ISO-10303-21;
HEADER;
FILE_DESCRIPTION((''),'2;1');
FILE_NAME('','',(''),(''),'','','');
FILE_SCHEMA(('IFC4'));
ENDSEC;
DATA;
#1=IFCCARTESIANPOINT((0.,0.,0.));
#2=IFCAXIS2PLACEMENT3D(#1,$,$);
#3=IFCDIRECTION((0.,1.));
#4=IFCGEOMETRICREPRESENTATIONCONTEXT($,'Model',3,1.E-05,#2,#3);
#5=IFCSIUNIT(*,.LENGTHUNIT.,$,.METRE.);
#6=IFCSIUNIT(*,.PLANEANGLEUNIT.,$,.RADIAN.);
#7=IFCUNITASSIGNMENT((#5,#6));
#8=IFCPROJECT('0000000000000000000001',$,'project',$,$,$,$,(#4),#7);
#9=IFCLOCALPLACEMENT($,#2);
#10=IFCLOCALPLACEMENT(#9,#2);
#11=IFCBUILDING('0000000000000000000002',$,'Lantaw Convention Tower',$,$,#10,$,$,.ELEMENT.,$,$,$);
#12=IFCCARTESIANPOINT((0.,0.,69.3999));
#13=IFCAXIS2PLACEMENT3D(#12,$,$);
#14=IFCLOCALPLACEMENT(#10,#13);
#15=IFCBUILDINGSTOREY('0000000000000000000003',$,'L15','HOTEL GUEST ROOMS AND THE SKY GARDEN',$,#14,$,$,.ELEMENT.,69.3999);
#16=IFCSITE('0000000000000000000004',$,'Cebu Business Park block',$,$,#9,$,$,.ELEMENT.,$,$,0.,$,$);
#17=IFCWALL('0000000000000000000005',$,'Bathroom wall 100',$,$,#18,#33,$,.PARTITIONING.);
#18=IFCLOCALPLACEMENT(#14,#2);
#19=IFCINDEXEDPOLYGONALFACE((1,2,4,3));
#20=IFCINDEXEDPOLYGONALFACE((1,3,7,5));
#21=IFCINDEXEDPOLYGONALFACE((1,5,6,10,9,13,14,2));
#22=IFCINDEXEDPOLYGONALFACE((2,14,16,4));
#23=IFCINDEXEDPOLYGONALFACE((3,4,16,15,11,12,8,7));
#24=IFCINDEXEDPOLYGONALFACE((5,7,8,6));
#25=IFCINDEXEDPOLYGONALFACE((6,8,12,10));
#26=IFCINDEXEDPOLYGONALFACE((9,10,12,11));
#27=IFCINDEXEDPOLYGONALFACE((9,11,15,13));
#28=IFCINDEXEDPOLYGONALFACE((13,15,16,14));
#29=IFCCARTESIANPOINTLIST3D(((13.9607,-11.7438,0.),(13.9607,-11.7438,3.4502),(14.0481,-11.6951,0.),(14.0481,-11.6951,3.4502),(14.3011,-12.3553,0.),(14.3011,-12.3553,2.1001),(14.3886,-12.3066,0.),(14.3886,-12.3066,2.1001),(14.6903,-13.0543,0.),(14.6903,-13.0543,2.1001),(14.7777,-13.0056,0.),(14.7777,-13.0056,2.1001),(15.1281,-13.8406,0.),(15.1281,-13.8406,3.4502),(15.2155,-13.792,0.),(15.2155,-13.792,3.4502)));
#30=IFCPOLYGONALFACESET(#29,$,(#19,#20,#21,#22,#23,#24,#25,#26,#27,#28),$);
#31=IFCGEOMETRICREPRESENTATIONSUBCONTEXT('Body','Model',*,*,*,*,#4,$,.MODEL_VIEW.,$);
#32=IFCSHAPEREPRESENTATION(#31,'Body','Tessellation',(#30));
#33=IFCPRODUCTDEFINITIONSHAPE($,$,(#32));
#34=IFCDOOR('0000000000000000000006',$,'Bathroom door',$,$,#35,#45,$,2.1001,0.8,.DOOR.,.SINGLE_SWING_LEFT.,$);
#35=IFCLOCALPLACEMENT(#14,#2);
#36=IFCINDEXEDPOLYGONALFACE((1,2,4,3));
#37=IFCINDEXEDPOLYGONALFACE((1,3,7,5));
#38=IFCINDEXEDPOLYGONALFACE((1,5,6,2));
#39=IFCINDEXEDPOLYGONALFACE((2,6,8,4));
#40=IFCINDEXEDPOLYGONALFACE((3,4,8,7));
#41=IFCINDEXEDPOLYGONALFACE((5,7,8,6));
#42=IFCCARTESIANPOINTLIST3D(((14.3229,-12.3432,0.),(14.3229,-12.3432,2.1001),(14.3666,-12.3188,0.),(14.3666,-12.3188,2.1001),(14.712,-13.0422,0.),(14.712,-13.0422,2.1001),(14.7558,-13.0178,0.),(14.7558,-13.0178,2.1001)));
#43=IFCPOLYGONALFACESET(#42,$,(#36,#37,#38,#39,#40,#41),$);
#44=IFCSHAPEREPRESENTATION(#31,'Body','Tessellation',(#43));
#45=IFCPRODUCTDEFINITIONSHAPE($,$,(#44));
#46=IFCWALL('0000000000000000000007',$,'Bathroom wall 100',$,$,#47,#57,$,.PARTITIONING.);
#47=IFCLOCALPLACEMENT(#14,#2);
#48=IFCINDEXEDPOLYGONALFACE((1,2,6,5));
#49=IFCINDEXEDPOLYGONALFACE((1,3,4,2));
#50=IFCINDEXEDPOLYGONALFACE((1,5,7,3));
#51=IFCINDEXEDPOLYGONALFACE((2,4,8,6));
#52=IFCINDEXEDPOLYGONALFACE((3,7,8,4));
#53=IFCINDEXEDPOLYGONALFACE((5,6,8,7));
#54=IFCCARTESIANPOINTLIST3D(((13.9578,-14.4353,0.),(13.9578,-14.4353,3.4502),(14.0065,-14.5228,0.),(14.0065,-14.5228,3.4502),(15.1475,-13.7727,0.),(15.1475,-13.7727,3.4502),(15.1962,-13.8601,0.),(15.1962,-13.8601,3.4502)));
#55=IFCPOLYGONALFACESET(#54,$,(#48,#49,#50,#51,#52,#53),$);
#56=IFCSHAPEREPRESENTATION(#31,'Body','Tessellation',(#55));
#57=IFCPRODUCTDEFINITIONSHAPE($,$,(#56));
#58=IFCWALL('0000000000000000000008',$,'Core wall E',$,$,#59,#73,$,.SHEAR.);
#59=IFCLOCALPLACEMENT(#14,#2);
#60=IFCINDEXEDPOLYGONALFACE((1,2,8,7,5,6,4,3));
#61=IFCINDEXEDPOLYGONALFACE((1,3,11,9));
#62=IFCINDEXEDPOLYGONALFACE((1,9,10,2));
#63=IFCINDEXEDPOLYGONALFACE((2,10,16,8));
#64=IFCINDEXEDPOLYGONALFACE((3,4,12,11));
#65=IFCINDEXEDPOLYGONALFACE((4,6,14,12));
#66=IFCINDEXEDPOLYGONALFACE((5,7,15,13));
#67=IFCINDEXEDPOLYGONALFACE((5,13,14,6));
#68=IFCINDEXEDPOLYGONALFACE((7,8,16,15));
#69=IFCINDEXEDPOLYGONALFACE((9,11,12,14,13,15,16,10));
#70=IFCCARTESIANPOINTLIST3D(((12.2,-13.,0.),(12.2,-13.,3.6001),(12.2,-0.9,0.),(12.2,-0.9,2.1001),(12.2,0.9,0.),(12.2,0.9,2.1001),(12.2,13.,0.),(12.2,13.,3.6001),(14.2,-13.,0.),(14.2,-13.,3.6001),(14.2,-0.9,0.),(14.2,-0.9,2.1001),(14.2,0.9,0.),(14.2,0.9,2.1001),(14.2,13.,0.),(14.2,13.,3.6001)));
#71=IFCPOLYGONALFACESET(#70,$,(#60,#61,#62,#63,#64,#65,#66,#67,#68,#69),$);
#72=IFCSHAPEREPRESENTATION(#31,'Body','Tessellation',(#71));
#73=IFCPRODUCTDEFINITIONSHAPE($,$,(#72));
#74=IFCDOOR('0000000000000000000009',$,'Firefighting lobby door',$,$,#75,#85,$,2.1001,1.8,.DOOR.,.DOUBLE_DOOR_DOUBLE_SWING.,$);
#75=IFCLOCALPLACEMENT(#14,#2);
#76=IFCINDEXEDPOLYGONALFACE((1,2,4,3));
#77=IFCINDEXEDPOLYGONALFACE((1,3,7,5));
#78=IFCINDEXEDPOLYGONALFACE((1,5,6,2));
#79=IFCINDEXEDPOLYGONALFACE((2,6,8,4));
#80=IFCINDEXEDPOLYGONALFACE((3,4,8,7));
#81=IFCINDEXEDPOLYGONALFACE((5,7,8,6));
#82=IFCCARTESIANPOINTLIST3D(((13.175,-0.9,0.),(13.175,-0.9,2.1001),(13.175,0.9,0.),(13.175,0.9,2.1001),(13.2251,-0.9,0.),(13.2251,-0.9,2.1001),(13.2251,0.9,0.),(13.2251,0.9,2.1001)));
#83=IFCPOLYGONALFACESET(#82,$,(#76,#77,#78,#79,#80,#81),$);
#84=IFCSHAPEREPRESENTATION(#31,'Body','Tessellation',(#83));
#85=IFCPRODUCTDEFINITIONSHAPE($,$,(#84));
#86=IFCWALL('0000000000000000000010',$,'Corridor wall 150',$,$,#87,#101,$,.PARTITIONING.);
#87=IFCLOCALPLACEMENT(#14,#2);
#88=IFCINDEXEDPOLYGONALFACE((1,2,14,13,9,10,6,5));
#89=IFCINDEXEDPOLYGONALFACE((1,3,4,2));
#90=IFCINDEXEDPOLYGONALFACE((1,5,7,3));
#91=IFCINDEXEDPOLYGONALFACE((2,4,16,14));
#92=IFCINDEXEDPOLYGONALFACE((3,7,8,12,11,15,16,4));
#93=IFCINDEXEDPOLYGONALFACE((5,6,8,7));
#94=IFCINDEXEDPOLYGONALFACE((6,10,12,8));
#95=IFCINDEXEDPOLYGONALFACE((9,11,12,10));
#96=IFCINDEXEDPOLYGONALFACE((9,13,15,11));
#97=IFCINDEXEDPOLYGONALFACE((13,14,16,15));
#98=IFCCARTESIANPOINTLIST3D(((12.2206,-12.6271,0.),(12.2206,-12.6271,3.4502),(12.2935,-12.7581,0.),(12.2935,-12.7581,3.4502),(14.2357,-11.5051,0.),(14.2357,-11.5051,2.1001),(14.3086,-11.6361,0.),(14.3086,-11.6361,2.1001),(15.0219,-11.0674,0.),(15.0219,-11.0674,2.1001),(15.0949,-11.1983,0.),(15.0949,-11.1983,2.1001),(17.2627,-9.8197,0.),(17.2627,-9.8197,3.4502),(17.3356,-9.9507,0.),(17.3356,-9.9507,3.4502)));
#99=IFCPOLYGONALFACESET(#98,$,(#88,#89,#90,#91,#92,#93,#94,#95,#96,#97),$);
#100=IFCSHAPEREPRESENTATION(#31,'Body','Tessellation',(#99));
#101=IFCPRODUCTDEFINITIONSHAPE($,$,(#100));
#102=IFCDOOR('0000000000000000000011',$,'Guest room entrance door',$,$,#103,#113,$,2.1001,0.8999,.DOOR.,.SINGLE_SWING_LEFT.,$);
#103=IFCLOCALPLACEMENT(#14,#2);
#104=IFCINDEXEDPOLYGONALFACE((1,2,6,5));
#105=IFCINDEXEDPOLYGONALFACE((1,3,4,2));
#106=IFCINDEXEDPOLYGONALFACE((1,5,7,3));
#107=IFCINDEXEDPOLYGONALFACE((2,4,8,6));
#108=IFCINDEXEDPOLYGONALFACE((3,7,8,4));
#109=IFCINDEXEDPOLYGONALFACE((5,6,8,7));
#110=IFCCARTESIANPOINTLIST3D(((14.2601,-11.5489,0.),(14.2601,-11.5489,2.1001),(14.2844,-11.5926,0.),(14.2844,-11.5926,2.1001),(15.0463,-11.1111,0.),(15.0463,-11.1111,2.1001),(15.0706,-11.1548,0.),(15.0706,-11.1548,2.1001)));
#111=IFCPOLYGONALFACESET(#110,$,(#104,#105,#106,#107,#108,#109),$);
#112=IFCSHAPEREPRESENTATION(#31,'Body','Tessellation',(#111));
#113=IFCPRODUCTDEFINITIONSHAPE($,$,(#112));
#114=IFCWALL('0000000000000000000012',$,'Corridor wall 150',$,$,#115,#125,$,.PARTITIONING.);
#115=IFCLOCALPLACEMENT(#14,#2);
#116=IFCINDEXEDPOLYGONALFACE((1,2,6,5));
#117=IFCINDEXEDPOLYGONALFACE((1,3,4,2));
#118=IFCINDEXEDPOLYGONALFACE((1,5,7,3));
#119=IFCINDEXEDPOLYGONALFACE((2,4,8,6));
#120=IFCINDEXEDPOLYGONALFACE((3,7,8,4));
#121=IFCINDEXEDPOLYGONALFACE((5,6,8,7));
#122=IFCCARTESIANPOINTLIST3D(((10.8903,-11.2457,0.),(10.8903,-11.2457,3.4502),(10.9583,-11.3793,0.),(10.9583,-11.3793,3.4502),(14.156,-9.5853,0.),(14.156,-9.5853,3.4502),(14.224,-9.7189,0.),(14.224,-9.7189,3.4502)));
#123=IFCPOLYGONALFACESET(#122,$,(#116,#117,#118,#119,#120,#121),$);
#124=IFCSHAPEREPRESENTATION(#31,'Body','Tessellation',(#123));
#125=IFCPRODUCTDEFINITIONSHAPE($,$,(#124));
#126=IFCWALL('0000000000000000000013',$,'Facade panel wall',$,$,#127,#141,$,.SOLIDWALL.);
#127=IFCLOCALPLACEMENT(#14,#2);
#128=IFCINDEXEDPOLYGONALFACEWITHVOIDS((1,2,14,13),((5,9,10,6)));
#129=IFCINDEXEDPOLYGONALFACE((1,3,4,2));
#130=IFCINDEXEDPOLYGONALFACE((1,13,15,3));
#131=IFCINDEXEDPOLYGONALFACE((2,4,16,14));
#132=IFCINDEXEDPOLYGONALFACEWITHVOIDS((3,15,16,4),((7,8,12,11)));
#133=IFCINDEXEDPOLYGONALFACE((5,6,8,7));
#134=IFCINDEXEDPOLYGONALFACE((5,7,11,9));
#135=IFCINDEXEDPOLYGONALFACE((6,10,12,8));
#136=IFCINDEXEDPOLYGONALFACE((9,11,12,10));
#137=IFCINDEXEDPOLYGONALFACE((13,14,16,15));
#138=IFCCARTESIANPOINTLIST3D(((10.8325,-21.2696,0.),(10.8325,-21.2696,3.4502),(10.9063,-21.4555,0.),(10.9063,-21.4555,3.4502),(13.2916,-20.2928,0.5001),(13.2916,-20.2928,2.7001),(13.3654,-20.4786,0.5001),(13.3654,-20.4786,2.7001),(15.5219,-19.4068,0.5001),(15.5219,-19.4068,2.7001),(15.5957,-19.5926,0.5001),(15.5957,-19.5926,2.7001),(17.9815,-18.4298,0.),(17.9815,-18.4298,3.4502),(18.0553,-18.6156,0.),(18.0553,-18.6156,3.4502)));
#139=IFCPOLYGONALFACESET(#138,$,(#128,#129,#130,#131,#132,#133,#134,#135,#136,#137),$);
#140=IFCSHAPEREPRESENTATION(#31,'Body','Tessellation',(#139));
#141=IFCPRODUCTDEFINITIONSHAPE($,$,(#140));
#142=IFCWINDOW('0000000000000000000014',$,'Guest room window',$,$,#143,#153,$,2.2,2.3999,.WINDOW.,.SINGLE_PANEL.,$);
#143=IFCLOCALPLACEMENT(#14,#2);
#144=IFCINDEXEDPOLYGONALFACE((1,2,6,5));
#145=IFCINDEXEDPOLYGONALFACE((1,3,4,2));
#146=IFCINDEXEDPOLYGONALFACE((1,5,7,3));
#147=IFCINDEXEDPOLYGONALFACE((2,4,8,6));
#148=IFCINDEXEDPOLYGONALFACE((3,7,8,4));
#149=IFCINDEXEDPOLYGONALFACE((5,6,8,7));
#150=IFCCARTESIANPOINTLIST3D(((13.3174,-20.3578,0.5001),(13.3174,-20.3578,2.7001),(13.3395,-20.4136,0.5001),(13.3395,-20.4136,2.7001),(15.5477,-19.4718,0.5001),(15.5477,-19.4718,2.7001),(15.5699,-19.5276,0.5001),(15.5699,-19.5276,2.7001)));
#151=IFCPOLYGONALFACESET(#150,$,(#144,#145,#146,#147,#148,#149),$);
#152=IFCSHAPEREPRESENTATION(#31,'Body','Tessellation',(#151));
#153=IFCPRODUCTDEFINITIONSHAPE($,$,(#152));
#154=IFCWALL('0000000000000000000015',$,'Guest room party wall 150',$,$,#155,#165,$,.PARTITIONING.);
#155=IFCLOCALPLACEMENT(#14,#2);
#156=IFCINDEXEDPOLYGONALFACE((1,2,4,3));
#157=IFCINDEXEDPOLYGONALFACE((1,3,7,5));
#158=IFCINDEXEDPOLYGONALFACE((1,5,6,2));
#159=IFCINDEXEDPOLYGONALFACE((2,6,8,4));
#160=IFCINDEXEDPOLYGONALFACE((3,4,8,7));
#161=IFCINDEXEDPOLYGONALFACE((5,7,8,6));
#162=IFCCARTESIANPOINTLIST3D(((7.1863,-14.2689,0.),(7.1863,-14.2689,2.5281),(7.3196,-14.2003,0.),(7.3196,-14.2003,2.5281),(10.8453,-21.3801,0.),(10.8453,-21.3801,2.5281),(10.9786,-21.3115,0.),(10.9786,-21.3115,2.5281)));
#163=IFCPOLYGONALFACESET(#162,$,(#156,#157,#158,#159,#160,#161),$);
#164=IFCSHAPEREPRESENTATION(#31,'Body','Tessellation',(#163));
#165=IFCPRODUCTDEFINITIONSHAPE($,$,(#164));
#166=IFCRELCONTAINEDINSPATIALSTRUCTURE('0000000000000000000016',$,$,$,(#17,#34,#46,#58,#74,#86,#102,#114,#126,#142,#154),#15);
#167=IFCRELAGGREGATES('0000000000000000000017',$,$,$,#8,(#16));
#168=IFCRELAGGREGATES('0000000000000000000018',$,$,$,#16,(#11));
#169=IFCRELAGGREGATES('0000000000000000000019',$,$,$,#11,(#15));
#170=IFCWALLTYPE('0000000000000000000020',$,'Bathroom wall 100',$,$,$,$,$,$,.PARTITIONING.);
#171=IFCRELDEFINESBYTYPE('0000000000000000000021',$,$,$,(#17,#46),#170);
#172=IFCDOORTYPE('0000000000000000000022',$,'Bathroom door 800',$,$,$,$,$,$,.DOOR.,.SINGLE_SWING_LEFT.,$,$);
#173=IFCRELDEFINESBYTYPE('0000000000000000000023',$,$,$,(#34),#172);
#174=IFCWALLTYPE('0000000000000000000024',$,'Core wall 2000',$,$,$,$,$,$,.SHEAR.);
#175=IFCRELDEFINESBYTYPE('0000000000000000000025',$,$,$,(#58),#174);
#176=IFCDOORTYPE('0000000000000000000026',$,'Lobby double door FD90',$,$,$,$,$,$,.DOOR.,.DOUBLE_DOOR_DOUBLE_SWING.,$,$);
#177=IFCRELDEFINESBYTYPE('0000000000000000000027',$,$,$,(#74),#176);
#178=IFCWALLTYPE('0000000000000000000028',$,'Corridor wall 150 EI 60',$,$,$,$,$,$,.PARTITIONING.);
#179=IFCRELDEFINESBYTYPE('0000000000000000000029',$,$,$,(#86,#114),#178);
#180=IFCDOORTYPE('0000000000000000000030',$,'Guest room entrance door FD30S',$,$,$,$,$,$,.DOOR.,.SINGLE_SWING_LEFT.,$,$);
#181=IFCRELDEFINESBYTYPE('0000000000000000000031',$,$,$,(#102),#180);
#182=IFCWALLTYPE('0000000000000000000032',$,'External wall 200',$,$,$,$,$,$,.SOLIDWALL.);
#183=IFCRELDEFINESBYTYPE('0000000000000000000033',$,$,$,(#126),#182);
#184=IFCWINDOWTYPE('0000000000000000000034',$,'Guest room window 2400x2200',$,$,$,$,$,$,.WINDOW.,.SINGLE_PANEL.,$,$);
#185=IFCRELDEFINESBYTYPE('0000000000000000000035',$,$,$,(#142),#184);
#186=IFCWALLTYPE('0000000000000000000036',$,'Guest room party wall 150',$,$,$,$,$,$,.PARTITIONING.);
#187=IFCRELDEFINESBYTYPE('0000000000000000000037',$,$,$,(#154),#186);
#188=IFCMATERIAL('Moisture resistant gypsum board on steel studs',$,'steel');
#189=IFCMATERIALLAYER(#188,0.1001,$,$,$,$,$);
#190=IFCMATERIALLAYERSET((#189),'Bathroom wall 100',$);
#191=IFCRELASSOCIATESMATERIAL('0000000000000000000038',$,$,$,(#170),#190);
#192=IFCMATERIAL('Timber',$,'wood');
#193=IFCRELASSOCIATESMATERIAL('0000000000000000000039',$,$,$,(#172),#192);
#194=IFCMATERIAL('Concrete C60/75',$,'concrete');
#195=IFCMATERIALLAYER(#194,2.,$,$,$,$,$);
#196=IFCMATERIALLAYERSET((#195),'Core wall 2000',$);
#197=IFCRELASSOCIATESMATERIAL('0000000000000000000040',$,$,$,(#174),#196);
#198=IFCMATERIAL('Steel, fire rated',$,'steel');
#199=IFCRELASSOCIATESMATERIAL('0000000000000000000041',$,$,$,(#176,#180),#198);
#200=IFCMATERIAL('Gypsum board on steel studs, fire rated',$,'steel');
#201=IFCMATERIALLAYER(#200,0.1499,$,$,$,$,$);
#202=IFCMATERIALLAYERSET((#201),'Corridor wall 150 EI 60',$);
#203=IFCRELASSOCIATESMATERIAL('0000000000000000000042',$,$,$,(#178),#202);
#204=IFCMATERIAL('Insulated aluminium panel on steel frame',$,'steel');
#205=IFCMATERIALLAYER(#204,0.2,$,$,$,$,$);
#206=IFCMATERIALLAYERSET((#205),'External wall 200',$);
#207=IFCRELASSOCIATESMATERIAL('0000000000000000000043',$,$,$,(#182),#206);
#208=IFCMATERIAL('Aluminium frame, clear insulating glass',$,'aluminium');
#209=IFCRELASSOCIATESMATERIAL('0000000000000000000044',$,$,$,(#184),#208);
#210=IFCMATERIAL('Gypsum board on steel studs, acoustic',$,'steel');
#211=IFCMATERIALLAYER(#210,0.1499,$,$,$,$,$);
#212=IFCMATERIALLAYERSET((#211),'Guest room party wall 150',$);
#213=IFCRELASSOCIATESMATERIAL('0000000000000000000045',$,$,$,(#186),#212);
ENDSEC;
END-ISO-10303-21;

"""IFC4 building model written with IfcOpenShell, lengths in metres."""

from ifc_helpers import new_model, si_unit, direction, frame, frame_2d, origin, place, context, subcontext, project, spatial, rectangle, extrude, material, layer, layer_set, type_object, element, fill, save


model = new_model("IFC4")

# Units and contexts
model_context = context("Model", 3, precision=1e-05, world=origin(), true_north=direction((0.0, 1.0)))
body_context = subcontext(model_context, "Body", "Model", "MODEL_VIEW")
ifc_project = project(units=[si_unit("LENGTHUNIT", "METRE"), si_unit("PLANEANGLEUNIT", "RADIAN")], contexts=[model_context])

# Site, building, storey
site_placement = place(None, origin())
site = spatial("IfcSite", under=ifc_project, at=site_placement, Name="Cebu Business Park block", CompositionType="ELEMENT", RefElevation=0.0)
building_placement = place(site_placement, origin())
building = spatial("IfcBuilding", under=site, at=building_placement, Name="Lantaw Convention Tower", CompositionType="ELEMENT")
storey_placement = place(building_placement, frame((0.0, 0.0, 69.3999)))
storey = spatial("IfcBuildingStorey", under=building, at=storey_placement, Name="L15", Description="HOTEL GUEST ROOMS AND THE SKY GARDEN", CompositionType="ELEMENT", Elevation=69.3999)

# Shared definitions
ifc_material_1 = material(Name="Concrete C60/75", Category="concrete")

# Wall, opening, door
ifc_material_2 = material(Name="Moisture resistant gypsum board on steel studs", Category="steel")
ifc_layer_1 = layer(ifc_material_2, 0.1001)
ifc_layer_set_1 = layer_set([ifc_layer_1], Name="Bathroom wall 100")
wall_type_1 = type_object("IfcWallType", Name="Bathroom wall 100", PredefinedType="PARTITIONING", material=ifc_layer_set_1)
wall_1_placement = place(storey_placement, frame((14.0044, -11.7195, 0.0), z_axis=(0.0, 0.0, 1.0), x_axis=(0.486446, -0.873711, 0.0)))
wall_1 = element("IfcWall", 1, at=wall_1_placement, inside=storey, type_object=wall_type_1, Name="Bathroom wall 100", PredefinedType="PARTITIONING", context=body_context, shape_type="SweptSolid", body=[
    extrude(rectangle(XDim=2.3999, YDim=0.1001, at=frame_2d((1.2, 0.0))), origin(), (0.0, 0.0, 1.0), 3.4502),
])
opening_1_placement = place(wall_1_placement, frame((0.7, 0.0, 0.0)))
opening_1 = element("IfcOpeningElement", 2, at=opening_1_placement, cuts=wall_1, PredefinedType="OPENING", context=body_context, shape_type="SweptSolid", body=[
    extrude(rectangle(XDim=0.8, YDim=2.1001, at=frame_2d((0.3999, 1.05))), frame((0.0, 0.0601, 0.0), z_axis=(0.0, -1.0, 0.0), x_axis=(1.0, 0.0, 0.0)), (0.0, 0.0, 1.0), 0.1201),
])
ifc_material_3 = material(Name="Timber", Category="wood")
door_type_1 = type_object("IfcDoorType", Name="Bathroom door 800", OperationType="SINGLE_SWING_LEFT", PredefinedType="DOOR", material=ifc_material_3)
door_1_placement = place(opening_1_placement, origin())
door_1 = element("IfcDoor", 3, at=door_1_placement, inside=storey, type_object=door_type_1, Name="Bathroom door", OperationType="SINGLE_SWING_LEFT", OverallHeight=2.1001, OverallWidth=0.8, PredefinedType="DOOR", context=body_context, shape_type="SweptSolid", body=[
    extrude(rectangle(XDim=0.8, YDim=2.1001, at=frame_2d((0.3999, 1.05))), frame((0.0, 0.0249, 0.0), z_axis=(0.0, -1.0, 0.0), x_axis=(1.0, 0.0, 0.0)), (0.0, 0.0, 1.0), 0.05),
])
fill(opening_1, door_1)

# Wall
wall_2_placement = place(storey_placement, frame((15.1719, -13.8164, 0.0), z_axis=(0.0, 0.0, 1.0), x_axis=(-0.873641, -0.486571, 0.0)))
element("IfcWall", 4, at=wall_2_placement, inside=storey, type_object=wall_type_1, Name="Bathroom wall 100", PredefinedType="PARTITIONING", context=body_context, shape_type="SweptSolid", body=[
    extrude(rectangle(XDim=1.3618, YDim=0.1001, at=frame_2d((0.6809, 0.0))), origin(), (0.0, 0.0, 1.0), 3.4502),
])

# Walls, openings, doors
ifc_layer_2 = layer(ifc_material_1, 2.0)
ifc_layer_set_2 = layer_set([ifc_layer_2], Name="Core wall 2000")
wall_type_2 = type_object("IfcWallType", Name="Core wall 2000", PredefinedType="SHEAR", material=ifc_layer_set_2)
wall_3_placement = place(storey_placement, frame((13.2, -13.0, 0.0), z_axis=(0.0, 0.0, 1.0), x_axis=(0.0, 1.0, 0.0)))
wall_3 = element("IfcWall", 5, at=wall_3_placement, inside=storey, type_object=wall_type_2, Name="Core wall E", PredefinedType="SHEAR", context=body_context, shape_type="SweptSolid", body=[
    extrude(rectangle(XDim=26.0, YDim=2.0, at=frame_2d((13.0, 0.0))), origin(), (0.0, 0.0, 1.0), 3.6001),
])
opening_2_placement = place(wall_3_placement, frame((12.1001, 0.0, 0.0)))
opening_2 = element("IfcOpeningElement", 6, at=opening_2_placement, cuts=wall_3, PredefinedType="OPENING", context=body_context, shape_type="SweptSolid", body=[
    extrude(rectangle(XDim=1.8, YDim=2.1001, at=frame_2d((0.8999, 1.05))), frame((0.0, 1.01, 0.0), z_axis=(0.0, -1.0, 0.0), x_axis=(1.0, 0.0, 0.0)), (0.0, 0.0, 1.0), 2.02),
])
ifc_material_4 = material(Name="Steel, fire rated", Category="steel")
door_type_2 = type_object("IfcDoorType", Name="Lobby double door FD90", OperationType="DOUBLE_DOOR_DOUBLE_SWING", PredefinedType="DOOR", material=ifc_material_4)
door_2_placement = place(opening_2_placement, origin())
door_2 = element("IfcDoor", 7, at=door_2_placement, inside=storey, type_object=door_type_2, Name="Firefighting lobby door", OperationType="DOUBLE_DOOR_DOUBLE_SWING", OverallHeight=2.1001, OverallWidth=1.8, PredefinedType="DOOR", context=body_context, shape_type="SweptSolid", body=[
    extrude(rectangle(XDim=1.8, YDim=2.1001, at=frame_2d((0.8999, 1.05))), frame((0.0, 0.0249, 0.0), z_axis=(0.0, -1.0, 0.0), x_axis=(1.0, 0.0, 0.0)), (0.0, 0.0, 1.0), 0.05),
])
fill(opening_2, door_2)
ifc_material_5 = material(Name="Gypsum board on steel studs, fire rated", Category="steel")
ifc_layer_3 = layer(ifc_material_5, 0.1499)
ifc_layer_set_3 = layer_set([ifc_layer_3], Name="Corridor wall 150 EI 60")
wall_type_3 = type_object("IfcWallType", Name="Corridor wall 150 EI 60", PredefinedType="PARTITIONING", material=ifc_layer_set_3)
wall_4_placement = place(storey_placement, frame((12.2571, -12.6926, 0.0), z_axis=(0.0, 0.0, 1.0), x_axis=(0.873696, 0.486472, 0.0)))
wall_4 = element("IfcWall", 8, at=wall_4_placement, inside=storey, type_object=wall_type_3, Name="Corridor wall 150", PredefinedType="PARTITIONING", context=body_context, shape_type="SweptSolid", body=[
    extrude(rectangle(XDim=5.771, YDim=0.1499, at=frame_2d((2.8855, 0.0))), origin(), (0.0, 0.0, 1.0), 3.4502),
])
opening_3_placement = place(wall_4_placement, frame((2.3064, 0.0, 0.0)))
opening_3 = element("IfcOpeningElement", 9, at=opening_3_placement, cuts=wall_4, PredefinedType="OPENING", context=body_context, shape_type="SweptSolid", body=[
    extrude(rectangle(XDim=0.8999, YDim=2.1001, at=frame_2d((0.45, 1.05))), frame((0.0, 0.085, 0.0), z_axis=(0.0, -1.0, 0.0), x_axis=(1.0, 0.0, 0.0)), (0.0, 0.0, 1.0), 0.1699),
])
door_type_3 = type_object("IfcDoorType", Name="Guest room entrance door FD30S", OperationType="SINGLE_SWING_LEFT", PredefinedType="DOOR", material=ifc_material_4)
door_3_placement = place(opening_3_placement, origin())
door_3 = element("IfcDoor", 10, at=door_3_placement, inside=storey, type_object=door_type_3, Name="Guest room entrance door", OperationType="SINGLE_SWING_LEFT", OverallHeight=2.1001, OverallWidth=0.8999, PredefinedType="DOOR", context=body_context, shape_type="SweptSolid", body=[
    extrude(rectangle(XDim=0.8999, YDim=2.1001, at=frame_2d((0.45, 1.05))), frame((0.0, 0.0249, 0.0), z_axis=(0.0, -1.0, 0.0), x_axis=(1.0, 0.0, 0.0)), (0.0, 0.0, 1.0), 0.05),
])
fill(opening_3, door_3)

# Wall
wall_5_placement = place(storey_placement, frame((10.9243, -11.3125, 0.0), z_axis=(0.0, 0.0, 1.0), x_axis=(0.891395, 0.453228, 0.0)))
element("IfcWall", 11, at=wall_5_placement, inside=storey, type_object=wall_type_3, Name="Corridor wall 150", PredefinedType="PARTITIONING", context=body_context, shape_type="SweptSolid", body=[
    extrude(rectangle(XDim=3.6636, YDim=0.1499, at=frame_2d((1.8318, 0.0))), origin(), (0.0, 0.0, 1.0), 3.4502),
])

# Wall, opening, window
ifc_material_6 = material(Name="Insulated aluminium panel on steel frame", Category="steel")
ifc_layer_4 = layer(ifc_material_6, 0.2)
ifc_layer_set_4 = layer_set([ifc_layer_4], Name="External wall 200")
wall_type_4 = type_object("IfcWallType", Name="External wall 200", PredefinedType="SOLIDWALL", material=ifc_layer_set_4)
wall_6_placement = place(storey_placement, frame((10.8694, -21.3625, 0.0), z_axis=(0.0, 0.0, 1.0), x_axis=(0.929358, 0.369179, 0.0)))
wall_6 = element("IfcWall", 12, at=wall_6_placement, inside=storey, type_object=wall_type_4, Name="Facade panel wall", PredefinedType="SOLIDWALL", context=body_context, shape_type="SweptSolid", body=[
    extrude(rectangle(XDim=7.6924, YDim=0.2, at=frame_2d((3.8462, 0.0))), origin(), (0.0, 0.0, 1.0), 3.4502),
])
opening_4_placement = place(wall_6_placement, frame((2.646, 0.0, 0.5)))
opening_4 = element("IfcOpeningElement", 13, at=opening_4_placement, cuts=wall_6, PredefinedType="OPENING", context=body_context, shape_type="SweptSolid", body=[
    extrude(rectangle(XDim=2.3999, YDim=2.2, at=frame_2d((1.2, 1.1001))), frame((0.0, 0.1099, 0.0), z_axis=(0.0, -1.0, 0.0), x_axis=(1.0, 0.0, 0.0)), (0.0, 0.0, 1.0), 0.22),
])
ifc_material_7 = material(Name="Aluminium frame, clear insulating glass", Category="aluminium")
window_type = type_object("IfcWindowType", Name="Guest room window 2400x2200", PartitioningType="SINGLE_PANEL", PredefinedType="WINDOW", material=ifc_material_7)
window_placement = place(opening_4_placement, origin())
window = element("IfcWindow", 14, at=window_placement, inside=storey, type_object=window_type, Name="Guest room window", OverallHeight=2.2, OverallWidth=2.3999, PartitioningType="SINGLE_PANEL", PredefinedType="WINDOW", context=body_context, shape_type="SweptSolid", body=[
    extrude(rectangle(XDim=2.3999, YDim=2.2, at=frame_2d((1.2, 1.1001))), frame((0.0, 0.03, 0.0), z_axis=(0.0, -1.0, 0.0), x_axis=(1.0, 0.0, 0.0)), (0.0, 0.0, 1.0), 0.0601),
])
fill(opening_4, window)

# Wall
ifc_material_8 = material(Name="Gypsum board on steel studs, acoustic", Category="steel")
ifc_layer_5 = layer(ifc_material_8, 0.1499)
ifc_layer_set_5 = layer_set([ifc_layer_5], Name="Guest room party wall 150")
wall_type_5 = type_object("IfcWallType", Name="Guest room party wall 150", PredefinedType="PARTITIONING", material=ifc_layer_set_5)
wall_7_placement = place(storey_placement, frame((10.9119, -21.3457, 0.0), z_axis=(0.0, 0.0, 1.0), x_axis=(-0.457527, 0.889196, 0.0)))
element("IfcWall", 15, at=wall_7_placement, inside=storey, type_object=wall_type_5, Name="Guest room party wall 150", PredefinedType="PARTITIONING", context=body_context, shape_type="SweptSolid", body=[
    extrude(rectangle(XDim=7.9973, YDim=0.1499, at=frame_2d((3.9985, 0.0))), origin(), (0.0, 0.0, 1.0), 2.5281),
])

save(model, "model.ifc")
